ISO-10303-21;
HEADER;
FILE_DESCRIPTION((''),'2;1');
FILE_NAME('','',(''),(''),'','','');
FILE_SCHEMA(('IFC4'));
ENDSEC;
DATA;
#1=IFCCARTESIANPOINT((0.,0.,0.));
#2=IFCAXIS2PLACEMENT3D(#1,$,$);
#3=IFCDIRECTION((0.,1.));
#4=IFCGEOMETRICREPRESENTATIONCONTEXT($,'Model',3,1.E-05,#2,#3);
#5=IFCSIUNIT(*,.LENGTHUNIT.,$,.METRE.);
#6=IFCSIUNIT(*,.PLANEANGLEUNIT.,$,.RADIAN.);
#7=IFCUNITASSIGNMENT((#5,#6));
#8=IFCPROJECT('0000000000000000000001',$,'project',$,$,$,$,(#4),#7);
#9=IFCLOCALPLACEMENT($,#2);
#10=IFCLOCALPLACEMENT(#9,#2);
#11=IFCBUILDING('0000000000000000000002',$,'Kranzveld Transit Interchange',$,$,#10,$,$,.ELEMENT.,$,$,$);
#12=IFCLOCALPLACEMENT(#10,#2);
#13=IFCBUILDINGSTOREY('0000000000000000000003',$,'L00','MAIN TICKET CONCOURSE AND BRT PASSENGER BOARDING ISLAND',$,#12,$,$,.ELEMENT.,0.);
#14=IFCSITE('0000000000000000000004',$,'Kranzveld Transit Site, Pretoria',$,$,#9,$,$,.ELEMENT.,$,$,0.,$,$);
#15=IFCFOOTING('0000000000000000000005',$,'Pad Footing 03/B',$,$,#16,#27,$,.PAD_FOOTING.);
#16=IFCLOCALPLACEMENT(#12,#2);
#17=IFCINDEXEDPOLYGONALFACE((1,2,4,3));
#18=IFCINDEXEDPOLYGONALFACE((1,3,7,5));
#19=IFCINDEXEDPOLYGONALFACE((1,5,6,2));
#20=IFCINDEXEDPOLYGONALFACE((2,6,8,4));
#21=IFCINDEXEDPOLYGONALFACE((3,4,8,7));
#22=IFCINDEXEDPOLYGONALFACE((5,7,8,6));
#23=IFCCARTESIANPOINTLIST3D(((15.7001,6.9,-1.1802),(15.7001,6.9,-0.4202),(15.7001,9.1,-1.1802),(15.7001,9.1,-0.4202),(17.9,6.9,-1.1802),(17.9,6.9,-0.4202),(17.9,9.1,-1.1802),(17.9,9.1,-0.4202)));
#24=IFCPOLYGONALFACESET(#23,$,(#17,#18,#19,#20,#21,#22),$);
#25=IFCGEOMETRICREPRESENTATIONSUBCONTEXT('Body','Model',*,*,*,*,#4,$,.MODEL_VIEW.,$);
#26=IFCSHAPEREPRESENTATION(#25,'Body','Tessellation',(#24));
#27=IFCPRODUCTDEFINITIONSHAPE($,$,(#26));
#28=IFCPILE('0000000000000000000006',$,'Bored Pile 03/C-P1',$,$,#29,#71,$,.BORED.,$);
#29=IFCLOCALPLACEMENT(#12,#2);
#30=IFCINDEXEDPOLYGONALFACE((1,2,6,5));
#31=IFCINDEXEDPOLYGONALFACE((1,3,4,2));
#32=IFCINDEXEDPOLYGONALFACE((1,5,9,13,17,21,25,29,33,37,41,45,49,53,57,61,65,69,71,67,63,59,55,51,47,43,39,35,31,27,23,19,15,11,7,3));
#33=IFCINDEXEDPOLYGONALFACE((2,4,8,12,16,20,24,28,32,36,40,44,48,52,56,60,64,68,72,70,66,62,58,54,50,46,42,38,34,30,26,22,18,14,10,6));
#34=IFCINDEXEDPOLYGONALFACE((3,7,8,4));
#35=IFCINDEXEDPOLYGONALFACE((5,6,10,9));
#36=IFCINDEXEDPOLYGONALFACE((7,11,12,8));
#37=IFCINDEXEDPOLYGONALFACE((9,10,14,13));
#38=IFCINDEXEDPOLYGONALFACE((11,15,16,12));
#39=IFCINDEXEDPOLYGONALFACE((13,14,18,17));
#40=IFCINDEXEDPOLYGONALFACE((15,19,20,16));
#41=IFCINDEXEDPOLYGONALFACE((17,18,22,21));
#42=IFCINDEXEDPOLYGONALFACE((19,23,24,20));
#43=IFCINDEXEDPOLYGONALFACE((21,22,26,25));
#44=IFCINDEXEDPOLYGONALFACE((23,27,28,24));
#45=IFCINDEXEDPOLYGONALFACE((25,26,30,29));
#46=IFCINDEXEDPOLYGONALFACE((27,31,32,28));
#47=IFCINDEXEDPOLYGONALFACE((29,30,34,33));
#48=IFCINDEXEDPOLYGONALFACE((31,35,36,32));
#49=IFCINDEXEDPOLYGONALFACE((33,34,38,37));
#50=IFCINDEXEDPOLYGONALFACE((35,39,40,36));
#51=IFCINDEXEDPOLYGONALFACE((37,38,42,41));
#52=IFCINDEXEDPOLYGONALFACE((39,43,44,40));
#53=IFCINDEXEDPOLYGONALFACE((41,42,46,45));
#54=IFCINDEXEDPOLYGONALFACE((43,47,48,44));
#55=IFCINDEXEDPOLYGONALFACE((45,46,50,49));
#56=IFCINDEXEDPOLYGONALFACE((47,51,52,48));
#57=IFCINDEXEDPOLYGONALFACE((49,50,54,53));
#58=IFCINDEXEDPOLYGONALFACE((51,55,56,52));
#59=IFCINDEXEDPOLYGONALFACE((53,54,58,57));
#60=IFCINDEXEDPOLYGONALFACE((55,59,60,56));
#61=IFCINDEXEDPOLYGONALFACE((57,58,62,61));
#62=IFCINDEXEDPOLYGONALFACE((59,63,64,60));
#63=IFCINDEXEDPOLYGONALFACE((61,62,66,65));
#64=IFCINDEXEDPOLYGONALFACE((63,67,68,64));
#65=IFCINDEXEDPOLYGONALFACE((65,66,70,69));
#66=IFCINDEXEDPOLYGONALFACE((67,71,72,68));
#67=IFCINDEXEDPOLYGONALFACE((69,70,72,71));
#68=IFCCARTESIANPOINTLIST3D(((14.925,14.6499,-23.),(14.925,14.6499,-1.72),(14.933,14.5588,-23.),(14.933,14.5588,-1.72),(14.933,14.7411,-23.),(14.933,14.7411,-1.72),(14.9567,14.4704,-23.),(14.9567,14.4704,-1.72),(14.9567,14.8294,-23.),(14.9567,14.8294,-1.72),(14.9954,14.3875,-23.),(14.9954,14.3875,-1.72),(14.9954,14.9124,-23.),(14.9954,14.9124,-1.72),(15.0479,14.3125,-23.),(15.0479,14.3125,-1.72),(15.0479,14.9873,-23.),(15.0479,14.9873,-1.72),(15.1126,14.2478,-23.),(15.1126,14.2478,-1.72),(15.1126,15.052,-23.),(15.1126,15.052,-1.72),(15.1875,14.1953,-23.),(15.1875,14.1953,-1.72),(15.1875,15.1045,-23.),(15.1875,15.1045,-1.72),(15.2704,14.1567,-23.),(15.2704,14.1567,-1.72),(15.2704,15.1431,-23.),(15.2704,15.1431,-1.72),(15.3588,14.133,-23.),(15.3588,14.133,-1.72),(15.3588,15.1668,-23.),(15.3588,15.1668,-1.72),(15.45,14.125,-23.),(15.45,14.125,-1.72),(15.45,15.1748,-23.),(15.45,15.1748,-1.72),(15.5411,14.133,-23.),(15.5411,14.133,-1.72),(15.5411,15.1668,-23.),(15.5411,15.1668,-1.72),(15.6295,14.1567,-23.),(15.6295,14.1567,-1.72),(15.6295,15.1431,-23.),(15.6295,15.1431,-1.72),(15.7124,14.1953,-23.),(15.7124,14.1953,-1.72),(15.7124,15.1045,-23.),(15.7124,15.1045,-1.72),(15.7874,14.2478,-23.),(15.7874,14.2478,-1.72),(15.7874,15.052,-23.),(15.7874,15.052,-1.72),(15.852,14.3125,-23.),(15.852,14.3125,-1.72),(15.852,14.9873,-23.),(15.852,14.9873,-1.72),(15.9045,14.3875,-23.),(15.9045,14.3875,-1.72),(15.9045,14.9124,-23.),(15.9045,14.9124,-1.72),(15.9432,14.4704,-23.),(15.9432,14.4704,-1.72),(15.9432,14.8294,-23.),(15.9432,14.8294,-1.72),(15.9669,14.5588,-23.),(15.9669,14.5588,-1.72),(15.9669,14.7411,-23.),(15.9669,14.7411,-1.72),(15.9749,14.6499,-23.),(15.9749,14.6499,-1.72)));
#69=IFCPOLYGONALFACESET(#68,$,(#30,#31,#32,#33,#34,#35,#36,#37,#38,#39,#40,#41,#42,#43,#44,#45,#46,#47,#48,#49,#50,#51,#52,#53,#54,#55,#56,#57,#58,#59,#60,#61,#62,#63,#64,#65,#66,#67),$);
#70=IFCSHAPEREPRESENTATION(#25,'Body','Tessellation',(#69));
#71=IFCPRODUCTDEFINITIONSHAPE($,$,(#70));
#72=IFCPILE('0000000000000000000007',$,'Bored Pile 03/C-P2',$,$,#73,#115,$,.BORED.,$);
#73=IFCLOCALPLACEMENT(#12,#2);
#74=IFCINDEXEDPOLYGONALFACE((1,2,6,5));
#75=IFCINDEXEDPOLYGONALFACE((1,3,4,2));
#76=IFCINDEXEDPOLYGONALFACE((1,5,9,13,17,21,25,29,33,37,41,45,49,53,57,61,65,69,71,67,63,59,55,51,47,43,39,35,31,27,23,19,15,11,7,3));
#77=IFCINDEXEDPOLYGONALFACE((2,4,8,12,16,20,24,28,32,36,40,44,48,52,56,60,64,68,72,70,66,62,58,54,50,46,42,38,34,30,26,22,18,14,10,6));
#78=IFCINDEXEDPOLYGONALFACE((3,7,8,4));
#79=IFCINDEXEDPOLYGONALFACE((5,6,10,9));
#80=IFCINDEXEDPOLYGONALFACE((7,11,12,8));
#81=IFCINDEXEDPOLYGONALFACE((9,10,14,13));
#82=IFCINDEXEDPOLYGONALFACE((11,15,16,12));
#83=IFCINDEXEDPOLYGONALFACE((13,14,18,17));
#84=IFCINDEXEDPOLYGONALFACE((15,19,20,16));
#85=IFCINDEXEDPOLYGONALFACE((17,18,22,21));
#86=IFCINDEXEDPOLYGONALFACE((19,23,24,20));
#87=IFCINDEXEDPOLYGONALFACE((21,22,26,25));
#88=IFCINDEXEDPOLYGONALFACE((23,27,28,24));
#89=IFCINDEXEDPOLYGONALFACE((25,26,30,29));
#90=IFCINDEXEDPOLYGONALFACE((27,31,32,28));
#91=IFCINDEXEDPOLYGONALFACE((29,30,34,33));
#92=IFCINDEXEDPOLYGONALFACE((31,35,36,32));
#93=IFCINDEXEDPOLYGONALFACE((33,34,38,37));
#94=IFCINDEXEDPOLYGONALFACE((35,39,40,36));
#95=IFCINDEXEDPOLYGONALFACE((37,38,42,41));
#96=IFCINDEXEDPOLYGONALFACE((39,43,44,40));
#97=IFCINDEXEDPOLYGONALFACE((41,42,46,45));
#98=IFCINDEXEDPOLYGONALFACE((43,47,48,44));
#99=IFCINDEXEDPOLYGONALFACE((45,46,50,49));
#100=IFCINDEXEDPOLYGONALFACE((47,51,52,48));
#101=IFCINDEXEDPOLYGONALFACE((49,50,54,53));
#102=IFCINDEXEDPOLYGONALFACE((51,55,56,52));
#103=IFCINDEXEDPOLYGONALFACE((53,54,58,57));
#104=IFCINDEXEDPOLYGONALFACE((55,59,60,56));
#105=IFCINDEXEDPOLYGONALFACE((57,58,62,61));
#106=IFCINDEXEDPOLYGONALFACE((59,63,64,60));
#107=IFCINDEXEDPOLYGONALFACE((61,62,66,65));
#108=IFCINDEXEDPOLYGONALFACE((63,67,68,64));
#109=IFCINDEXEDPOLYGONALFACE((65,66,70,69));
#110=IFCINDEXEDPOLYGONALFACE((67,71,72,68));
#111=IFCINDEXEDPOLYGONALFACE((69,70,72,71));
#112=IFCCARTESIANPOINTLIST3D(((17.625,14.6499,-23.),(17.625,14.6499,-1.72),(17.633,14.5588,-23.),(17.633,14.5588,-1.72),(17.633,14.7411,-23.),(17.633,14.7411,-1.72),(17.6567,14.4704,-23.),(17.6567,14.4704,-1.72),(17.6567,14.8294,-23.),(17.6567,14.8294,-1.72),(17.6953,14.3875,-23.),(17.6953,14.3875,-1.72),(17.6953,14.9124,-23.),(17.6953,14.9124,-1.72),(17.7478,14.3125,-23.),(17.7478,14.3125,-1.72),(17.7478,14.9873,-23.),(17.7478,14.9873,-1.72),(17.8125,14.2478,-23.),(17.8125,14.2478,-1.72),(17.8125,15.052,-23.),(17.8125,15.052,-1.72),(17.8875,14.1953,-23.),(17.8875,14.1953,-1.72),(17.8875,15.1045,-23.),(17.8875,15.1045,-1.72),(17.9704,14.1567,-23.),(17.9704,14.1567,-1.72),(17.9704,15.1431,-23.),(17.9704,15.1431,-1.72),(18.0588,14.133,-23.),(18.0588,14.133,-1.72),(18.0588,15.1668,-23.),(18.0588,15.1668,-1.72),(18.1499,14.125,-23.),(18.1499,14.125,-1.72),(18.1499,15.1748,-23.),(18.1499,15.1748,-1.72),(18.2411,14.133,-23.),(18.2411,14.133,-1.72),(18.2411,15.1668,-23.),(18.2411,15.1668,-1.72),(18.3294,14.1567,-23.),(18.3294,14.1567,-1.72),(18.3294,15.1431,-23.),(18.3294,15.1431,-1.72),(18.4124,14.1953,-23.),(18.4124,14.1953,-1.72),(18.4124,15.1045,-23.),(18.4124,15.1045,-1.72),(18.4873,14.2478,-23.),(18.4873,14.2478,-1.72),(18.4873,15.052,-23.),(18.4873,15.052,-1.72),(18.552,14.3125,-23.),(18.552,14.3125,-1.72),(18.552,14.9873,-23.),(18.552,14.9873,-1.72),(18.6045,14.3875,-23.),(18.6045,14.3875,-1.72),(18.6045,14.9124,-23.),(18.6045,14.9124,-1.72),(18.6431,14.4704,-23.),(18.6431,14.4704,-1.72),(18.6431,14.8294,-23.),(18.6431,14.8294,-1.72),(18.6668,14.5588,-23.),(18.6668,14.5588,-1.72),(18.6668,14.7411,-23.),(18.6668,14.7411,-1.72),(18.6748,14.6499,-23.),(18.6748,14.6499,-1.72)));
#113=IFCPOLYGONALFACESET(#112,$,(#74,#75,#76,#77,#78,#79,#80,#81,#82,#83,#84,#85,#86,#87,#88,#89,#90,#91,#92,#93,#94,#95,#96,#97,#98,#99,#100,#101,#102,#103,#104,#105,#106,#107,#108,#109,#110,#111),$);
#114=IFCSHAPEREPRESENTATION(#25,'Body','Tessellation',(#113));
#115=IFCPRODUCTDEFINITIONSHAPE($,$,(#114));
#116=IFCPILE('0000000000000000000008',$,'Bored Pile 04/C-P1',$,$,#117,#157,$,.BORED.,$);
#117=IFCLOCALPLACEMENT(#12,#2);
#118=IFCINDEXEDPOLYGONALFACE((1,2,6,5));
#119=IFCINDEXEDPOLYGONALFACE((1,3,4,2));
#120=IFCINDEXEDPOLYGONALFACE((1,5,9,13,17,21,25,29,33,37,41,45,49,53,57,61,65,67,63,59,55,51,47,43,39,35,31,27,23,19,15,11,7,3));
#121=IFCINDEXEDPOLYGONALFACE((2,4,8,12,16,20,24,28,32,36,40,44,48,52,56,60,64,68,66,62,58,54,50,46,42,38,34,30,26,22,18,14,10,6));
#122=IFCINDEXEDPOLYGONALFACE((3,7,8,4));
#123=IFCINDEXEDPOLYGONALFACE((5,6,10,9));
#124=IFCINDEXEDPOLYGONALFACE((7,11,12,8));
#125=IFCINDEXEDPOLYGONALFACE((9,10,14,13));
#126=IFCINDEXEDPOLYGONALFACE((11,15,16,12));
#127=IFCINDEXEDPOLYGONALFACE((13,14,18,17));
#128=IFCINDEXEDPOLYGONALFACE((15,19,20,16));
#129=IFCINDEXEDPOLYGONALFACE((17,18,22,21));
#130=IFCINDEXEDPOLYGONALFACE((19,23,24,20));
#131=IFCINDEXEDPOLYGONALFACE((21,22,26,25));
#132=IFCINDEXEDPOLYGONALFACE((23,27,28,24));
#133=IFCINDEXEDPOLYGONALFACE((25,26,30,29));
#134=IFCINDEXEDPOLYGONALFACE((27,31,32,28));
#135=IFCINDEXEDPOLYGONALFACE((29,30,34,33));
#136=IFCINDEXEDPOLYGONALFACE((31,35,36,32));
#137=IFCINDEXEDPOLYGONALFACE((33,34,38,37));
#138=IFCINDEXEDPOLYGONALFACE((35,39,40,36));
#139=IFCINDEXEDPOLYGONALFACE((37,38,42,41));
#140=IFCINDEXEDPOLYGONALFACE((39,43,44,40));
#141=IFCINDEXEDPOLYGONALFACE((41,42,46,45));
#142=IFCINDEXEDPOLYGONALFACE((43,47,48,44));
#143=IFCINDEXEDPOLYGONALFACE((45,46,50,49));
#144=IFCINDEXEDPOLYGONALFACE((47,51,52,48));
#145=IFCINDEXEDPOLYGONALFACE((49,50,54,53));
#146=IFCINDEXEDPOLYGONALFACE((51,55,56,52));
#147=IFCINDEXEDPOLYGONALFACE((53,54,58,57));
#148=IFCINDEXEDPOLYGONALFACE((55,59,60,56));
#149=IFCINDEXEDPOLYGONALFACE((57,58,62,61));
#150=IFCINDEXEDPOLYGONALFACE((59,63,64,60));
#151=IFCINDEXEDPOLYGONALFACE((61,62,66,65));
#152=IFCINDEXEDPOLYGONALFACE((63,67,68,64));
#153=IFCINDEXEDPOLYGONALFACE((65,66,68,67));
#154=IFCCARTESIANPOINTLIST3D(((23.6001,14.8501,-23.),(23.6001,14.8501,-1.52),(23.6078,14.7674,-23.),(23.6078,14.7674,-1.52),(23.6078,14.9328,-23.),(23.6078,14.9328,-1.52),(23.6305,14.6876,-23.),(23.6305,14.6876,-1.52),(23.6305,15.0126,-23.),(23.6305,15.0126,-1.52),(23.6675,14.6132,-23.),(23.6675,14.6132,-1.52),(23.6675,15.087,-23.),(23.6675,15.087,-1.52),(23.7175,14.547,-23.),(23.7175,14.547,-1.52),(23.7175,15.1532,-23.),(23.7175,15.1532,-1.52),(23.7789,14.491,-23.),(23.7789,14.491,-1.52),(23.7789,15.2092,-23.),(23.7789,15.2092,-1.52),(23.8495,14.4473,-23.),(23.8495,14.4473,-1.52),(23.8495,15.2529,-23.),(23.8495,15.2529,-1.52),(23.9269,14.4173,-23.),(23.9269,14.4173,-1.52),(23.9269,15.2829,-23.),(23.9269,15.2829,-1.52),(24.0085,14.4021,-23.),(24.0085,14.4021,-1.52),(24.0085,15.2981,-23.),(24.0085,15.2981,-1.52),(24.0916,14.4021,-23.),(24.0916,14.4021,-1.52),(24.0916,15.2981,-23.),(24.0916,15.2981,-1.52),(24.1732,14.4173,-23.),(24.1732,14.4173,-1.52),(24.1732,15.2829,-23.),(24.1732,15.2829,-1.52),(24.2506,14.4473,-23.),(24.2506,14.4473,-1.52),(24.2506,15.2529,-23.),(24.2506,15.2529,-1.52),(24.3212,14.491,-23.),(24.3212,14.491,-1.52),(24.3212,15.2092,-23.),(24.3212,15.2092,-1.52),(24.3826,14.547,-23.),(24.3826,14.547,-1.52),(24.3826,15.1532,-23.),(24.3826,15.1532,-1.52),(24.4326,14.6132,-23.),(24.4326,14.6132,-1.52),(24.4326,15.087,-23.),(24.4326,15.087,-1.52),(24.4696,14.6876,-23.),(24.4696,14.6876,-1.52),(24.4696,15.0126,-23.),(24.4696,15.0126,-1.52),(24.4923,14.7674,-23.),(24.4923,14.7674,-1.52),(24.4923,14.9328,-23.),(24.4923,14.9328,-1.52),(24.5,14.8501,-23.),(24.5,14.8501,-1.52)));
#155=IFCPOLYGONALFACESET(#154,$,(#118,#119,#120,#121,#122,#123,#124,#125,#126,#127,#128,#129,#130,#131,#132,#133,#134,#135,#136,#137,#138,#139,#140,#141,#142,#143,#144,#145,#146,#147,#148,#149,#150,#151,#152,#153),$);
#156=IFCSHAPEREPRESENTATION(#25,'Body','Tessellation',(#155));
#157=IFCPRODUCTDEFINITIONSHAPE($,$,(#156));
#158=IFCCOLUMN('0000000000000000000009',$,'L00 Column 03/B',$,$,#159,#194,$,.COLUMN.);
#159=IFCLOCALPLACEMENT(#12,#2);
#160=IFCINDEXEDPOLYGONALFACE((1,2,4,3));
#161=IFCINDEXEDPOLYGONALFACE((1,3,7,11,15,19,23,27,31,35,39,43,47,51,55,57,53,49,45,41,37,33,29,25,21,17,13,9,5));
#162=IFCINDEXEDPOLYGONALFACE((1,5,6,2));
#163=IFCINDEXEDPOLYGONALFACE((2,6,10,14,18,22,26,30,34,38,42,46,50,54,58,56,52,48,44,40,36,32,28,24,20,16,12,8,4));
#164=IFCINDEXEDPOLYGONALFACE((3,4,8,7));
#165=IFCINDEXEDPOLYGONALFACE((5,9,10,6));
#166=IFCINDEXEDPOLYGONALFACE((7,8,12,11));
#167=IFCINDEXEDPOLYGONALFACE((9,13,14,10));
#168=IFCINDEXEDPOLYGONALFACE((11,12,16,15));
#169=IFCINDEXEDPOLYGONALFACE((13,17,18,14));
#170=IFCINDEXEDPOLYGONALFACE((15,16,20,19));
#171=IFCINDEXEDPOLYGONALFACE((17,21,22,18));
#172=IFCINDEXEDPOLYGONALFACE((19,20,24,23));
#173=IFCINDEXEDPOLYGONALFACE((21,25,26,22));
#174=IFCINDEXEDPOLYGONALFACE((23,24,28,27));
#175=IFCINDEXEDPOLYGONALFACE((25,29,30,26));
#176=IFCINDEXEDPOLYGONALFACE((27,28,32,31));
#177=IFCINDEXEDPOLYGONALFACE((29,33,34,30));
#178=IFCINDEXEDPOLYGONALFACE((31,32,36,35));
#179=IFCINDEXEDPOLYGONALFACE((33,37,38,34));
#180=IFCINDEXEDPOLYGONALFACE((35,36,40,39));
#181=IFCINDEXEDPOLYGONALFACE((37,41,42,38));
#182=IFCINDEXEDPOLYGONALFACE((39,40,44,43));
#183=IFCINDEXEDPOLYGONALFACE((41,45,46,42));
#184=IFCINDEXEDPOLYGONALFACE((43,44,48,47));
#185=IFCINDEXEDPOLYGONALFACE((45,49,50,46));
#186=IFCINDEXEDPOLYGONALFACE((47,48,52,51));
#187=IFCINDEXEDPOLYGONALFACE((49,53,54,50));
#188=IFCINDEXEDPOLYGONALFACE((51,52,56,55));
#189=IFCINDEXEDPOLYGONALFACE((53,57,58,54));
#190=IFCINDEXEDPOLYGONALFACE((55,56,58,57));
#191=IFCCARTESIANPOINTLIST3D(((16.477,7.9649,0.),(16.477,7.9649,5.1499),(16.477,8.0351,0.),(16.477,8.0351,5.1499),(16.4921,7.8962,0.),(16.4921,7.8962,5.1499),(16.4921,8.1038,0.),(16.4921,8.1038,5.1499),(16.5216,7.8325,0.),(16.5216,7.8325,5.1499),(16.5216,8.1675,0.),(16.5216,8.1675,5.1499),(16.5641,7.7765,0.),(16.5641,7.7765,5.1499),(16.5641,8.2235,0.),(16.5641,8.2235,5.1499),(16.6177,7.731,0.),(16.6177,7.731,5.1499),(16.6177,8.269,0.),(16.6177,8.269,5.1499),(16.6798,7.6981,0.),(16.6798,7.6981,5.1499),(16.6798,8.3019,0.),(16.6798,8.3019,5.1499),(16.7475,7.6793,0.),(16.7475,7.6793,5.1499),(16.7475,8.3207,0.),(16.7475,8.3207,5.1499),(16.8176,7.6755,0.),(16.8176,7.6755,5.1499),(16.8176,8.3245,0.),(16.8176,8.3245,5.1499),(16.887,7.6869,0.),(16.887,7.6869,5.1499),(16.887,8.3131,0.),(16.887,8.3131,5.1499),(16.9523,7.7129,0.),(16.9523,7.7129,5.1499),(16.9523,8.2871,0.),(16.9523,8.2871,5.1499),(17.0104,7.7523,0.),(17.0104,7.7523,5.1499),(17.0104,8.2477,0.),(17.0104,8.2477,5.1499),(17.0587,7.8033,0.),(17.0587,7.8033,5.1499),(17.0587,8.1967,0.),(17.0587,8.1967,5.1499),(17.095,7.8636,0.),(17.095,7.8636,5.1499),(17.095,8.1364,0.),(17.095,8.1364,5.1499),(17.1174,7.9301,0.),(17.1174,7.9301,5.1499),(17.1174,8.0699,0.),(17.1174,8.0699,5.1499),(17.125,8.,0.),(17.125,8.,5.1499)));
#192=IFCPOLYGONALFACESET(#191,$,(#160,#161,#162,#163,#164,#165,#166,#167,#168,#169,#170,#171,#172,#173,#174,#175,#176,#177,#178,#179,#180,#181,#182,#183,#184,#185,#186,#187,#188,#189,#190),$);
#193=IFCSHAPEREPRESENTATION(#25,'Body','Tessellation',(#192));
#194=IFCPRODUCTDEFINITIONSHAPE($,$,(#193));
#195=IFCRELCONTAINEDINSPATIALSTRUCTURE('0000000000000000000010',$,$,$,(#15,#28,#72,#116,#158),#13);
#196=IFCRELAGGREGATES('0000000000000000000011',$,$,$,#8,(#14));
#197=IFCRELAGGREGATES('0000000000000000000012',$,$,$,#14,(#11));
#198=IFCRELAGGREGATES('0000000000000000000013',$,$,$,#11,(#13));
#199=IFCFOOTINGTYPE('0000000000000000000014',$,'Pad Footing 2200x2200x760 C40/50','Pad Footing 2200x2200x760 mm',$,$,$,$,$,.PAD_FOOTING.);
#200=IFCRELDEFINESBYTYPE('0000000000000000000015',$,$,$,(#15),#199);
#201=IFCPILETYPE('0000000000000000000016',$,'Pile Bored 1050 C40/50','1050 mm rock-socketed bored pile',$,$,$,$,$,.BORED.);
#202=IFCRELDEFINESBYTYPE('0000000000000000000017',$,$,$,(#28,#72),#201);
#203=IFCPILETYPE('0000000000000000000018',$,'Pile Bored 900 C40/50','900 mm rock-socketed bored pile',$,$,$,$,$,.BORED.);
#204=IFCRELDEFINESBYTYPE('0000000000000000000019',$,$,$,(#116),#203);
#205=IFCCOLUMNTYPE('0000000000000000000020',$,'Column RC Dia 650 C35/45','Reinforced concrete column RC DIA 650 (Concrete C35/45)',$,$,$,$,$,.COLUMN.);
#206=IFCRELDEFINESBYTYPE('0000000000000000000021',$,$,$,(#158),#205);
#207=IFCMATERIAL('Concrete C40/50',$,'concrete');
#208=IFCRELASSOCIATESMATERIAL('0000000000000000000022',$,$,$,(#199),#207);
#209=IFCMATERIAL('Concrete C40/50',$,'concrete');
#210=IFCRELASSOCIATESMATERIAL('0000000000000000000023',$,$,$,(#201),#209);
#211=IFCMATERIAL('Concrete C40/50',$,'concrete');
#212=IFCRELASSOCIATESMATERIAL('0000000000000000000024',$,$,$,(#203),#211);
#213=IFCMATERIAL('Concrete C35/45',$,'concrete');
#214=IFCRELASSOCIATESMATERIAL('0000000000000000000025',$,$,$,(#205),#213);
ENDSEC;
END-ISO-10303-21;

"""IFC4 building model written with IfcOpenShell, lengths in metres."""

from ifc_helpers import new_model, si_unit, direction, frame, origin, origin_2d, place, context, subcontext, project, spatial, rectangle, circle, extrude, material, material_profile, profile_set, type_object, element, save


model = new_model("IFC4")

# Units and contexts
model_context = context("Model", 3, precision=1e-05, world=origin(), true_north=direction((0.0, 1.0)))
body_context = subcontext(model_context, "Body", "Model", "MODEL_VIEW")
ifc_project = project(units=[si_unit("LENGTHUNIT", "METRE"), si_unit("PLANEANGLEUNIT", "RADIAN")], contexts=[model_context])

# Site, building, storey
site_placement = place(None, origin())
site = spatial("IfcSite", under=ifc_project, at=site_placement, Name="Kranzveld Transit Site, Pretoria", CompositionType="ELEMENT", RefElevation=0.0)
building_placement = place(site_placement, origin())
building = spatial("IfcBuilding", under=site, at=building_placement, Name="Kranzveld Transit Interchange", CompositionType="ELEMENT")
storey_placement = place(building_placement, origin())
storey = spatial("IfcBuildingStorey", under=building, at=storey_placement, Name="L00", Description="MAIN TICKET CONCOURSE AND BRT PASSENGER BOARDING ISLAND", CompositionType="ELEMENT", Elevation=0.0)

# Footing
ifc_material_1 = material(Name="Concrete C40/50", Category="concrete")
footing_type = type_object("IfcFootingType", Name="Pad Footing 2200x2200x760 C40/50", Description="Pad Footing 2200x2200x760 mm", PredefinedType="PAD_FOOTING", material=ifc_material_1)
footing_placement = place(storey_placement, frame((16.8, 8.0, -1.1802), z_axis=(0.0, 0.0, 1.0), x_axis=(1.0, 0.0, 0.0)))
element("IfcFooting", 1, at=footing_placement, inside=storey, type_object=footing_type, Name="Pad Footing 03/B", PredefinedType="PAD_FOOTING", context=body_context, shape_type="SweptSolid", body=[
    extrude(rectangle(XDim=2.2, YDim=2.2, at=origin_2d()), origin(), (0.0, 0.0, 1.0), 0.76),
])

# Piles
ifc_material_2 = material(Name="Concrete C40/50", Category="concrete")
ifc_material_profile_1 = material_profile(ifc_material_2, circle(Radius=0.5249, at=origin_2d()), Name="BORED PILE 1050")
ifc_profile_set_1 = profile_set([ifc_material_profile_1], Name="Concrete C40/50")
pile_type_1 = type_object("IfcPileType", Name="Pile Bored 1050 C40/50", Description="1050 mm rock-socketed bored pile", PredefinedType="BORED", material=ifc_profile_set_1)
for number, where, z_axis, x_axis, name in (
    (2, (15.45, 14.6499, -1.72), (0.0, 0.0, -1.0), (1.0, 0.0, 0.0), "Bored Pile 03/C-P1"),
    (3, (18.1499, 14.6499, -1.72), (0.0, 0.0, -1.0), (1.0, 0.0, 0.0), "Bored Pile 03/C-P2"),
):
    element("IfcPile", number, at=place(storey_placement, frame(where, z_axis=z_axis, x_axis=x_axis)), inside=storey, type_object=pile_type_1, Name=name, PredefinedType="BORED", context=body_context, shape_type="SweptSolid", body=[
        extrude(circle(Radius=0.5249, at=origin_2d()), origin(), (0.0, 0.0, 1.0), 21.28),
    ])
ifc_material_3 = material(Name="Concrete C40/50", Category="concrete")
ifc_material_profile_2 = material_profile(ifc_material_3, circle(Radius=0.45, at=origin_2d()), Name="BORED PILE 900")
ifc_profile_set_2 = profile_set([ifc_material_profile_2], Name="Concrete C40/50")
pile_type_2 = type_object("IfcPileType", Name="Pile Bored 900 C40/50", Description="900 mm rock-socketed bored pile", PredefinedType="BORED", material=ifc_profile_set_2)
pile_placement = place(storey_placement, frame((24.05, 14.8501, -1.52), z_axis=(0.0, 0.0, -1.0), x_axis=(1.0, 0.0, 0.0)))
element("IfcPile", 4, at=pile_placement, inside=storey, type_object=pile_type_2, Name="Bored Pile 04/C-P1", PredefinedType="BORED", context=body_context, shape_type="SweptSolid", body=[
    extrude(circle(Radius=0.45, at=origin_2d()), origin(), (0.0, 0.0, 1.0), 21.48),
])

# Column
ifc_material_4 = material(Name="Concrete C35/45", Category="concrete")
ifc_material_profile_3 = material_profile(ifc_material_4, circle(Radius=0.325, at=origin_2d()), Name="RC DIA 650")
ifc_profile_set_3 = profile_set([ifc_material_profile_3], Name="Concrete C35/45")
column_type = type_object("IfcColumnType", Name="Column RC Dia 650 C35/45", Description="Reinforced concrete column RC DIA 650 (Concrete C35/45)", PredefinedType="COLUMN", material=ifc_profile_set_3)
column_placement = place(storey_placement, frame((16.8, 8.0, 0.0), z_axis=(0.0, 0.0, 1.0), x_axis=(1.0, 0.0, 0.0)))
element("IfcColumn", 5, at=column_placement, inside=storey, type_object=column_type, Name="L00 Column 03/B", PredefinedType="COLUMN", context=body_context, shape_type="SweptSolid", body=[
    extrude(circle(Radius=0.325, at=origin_2d()), origin(), (0.0, 0.0, 1.0), 5.1499),
])

save(model, "model.ifc")
